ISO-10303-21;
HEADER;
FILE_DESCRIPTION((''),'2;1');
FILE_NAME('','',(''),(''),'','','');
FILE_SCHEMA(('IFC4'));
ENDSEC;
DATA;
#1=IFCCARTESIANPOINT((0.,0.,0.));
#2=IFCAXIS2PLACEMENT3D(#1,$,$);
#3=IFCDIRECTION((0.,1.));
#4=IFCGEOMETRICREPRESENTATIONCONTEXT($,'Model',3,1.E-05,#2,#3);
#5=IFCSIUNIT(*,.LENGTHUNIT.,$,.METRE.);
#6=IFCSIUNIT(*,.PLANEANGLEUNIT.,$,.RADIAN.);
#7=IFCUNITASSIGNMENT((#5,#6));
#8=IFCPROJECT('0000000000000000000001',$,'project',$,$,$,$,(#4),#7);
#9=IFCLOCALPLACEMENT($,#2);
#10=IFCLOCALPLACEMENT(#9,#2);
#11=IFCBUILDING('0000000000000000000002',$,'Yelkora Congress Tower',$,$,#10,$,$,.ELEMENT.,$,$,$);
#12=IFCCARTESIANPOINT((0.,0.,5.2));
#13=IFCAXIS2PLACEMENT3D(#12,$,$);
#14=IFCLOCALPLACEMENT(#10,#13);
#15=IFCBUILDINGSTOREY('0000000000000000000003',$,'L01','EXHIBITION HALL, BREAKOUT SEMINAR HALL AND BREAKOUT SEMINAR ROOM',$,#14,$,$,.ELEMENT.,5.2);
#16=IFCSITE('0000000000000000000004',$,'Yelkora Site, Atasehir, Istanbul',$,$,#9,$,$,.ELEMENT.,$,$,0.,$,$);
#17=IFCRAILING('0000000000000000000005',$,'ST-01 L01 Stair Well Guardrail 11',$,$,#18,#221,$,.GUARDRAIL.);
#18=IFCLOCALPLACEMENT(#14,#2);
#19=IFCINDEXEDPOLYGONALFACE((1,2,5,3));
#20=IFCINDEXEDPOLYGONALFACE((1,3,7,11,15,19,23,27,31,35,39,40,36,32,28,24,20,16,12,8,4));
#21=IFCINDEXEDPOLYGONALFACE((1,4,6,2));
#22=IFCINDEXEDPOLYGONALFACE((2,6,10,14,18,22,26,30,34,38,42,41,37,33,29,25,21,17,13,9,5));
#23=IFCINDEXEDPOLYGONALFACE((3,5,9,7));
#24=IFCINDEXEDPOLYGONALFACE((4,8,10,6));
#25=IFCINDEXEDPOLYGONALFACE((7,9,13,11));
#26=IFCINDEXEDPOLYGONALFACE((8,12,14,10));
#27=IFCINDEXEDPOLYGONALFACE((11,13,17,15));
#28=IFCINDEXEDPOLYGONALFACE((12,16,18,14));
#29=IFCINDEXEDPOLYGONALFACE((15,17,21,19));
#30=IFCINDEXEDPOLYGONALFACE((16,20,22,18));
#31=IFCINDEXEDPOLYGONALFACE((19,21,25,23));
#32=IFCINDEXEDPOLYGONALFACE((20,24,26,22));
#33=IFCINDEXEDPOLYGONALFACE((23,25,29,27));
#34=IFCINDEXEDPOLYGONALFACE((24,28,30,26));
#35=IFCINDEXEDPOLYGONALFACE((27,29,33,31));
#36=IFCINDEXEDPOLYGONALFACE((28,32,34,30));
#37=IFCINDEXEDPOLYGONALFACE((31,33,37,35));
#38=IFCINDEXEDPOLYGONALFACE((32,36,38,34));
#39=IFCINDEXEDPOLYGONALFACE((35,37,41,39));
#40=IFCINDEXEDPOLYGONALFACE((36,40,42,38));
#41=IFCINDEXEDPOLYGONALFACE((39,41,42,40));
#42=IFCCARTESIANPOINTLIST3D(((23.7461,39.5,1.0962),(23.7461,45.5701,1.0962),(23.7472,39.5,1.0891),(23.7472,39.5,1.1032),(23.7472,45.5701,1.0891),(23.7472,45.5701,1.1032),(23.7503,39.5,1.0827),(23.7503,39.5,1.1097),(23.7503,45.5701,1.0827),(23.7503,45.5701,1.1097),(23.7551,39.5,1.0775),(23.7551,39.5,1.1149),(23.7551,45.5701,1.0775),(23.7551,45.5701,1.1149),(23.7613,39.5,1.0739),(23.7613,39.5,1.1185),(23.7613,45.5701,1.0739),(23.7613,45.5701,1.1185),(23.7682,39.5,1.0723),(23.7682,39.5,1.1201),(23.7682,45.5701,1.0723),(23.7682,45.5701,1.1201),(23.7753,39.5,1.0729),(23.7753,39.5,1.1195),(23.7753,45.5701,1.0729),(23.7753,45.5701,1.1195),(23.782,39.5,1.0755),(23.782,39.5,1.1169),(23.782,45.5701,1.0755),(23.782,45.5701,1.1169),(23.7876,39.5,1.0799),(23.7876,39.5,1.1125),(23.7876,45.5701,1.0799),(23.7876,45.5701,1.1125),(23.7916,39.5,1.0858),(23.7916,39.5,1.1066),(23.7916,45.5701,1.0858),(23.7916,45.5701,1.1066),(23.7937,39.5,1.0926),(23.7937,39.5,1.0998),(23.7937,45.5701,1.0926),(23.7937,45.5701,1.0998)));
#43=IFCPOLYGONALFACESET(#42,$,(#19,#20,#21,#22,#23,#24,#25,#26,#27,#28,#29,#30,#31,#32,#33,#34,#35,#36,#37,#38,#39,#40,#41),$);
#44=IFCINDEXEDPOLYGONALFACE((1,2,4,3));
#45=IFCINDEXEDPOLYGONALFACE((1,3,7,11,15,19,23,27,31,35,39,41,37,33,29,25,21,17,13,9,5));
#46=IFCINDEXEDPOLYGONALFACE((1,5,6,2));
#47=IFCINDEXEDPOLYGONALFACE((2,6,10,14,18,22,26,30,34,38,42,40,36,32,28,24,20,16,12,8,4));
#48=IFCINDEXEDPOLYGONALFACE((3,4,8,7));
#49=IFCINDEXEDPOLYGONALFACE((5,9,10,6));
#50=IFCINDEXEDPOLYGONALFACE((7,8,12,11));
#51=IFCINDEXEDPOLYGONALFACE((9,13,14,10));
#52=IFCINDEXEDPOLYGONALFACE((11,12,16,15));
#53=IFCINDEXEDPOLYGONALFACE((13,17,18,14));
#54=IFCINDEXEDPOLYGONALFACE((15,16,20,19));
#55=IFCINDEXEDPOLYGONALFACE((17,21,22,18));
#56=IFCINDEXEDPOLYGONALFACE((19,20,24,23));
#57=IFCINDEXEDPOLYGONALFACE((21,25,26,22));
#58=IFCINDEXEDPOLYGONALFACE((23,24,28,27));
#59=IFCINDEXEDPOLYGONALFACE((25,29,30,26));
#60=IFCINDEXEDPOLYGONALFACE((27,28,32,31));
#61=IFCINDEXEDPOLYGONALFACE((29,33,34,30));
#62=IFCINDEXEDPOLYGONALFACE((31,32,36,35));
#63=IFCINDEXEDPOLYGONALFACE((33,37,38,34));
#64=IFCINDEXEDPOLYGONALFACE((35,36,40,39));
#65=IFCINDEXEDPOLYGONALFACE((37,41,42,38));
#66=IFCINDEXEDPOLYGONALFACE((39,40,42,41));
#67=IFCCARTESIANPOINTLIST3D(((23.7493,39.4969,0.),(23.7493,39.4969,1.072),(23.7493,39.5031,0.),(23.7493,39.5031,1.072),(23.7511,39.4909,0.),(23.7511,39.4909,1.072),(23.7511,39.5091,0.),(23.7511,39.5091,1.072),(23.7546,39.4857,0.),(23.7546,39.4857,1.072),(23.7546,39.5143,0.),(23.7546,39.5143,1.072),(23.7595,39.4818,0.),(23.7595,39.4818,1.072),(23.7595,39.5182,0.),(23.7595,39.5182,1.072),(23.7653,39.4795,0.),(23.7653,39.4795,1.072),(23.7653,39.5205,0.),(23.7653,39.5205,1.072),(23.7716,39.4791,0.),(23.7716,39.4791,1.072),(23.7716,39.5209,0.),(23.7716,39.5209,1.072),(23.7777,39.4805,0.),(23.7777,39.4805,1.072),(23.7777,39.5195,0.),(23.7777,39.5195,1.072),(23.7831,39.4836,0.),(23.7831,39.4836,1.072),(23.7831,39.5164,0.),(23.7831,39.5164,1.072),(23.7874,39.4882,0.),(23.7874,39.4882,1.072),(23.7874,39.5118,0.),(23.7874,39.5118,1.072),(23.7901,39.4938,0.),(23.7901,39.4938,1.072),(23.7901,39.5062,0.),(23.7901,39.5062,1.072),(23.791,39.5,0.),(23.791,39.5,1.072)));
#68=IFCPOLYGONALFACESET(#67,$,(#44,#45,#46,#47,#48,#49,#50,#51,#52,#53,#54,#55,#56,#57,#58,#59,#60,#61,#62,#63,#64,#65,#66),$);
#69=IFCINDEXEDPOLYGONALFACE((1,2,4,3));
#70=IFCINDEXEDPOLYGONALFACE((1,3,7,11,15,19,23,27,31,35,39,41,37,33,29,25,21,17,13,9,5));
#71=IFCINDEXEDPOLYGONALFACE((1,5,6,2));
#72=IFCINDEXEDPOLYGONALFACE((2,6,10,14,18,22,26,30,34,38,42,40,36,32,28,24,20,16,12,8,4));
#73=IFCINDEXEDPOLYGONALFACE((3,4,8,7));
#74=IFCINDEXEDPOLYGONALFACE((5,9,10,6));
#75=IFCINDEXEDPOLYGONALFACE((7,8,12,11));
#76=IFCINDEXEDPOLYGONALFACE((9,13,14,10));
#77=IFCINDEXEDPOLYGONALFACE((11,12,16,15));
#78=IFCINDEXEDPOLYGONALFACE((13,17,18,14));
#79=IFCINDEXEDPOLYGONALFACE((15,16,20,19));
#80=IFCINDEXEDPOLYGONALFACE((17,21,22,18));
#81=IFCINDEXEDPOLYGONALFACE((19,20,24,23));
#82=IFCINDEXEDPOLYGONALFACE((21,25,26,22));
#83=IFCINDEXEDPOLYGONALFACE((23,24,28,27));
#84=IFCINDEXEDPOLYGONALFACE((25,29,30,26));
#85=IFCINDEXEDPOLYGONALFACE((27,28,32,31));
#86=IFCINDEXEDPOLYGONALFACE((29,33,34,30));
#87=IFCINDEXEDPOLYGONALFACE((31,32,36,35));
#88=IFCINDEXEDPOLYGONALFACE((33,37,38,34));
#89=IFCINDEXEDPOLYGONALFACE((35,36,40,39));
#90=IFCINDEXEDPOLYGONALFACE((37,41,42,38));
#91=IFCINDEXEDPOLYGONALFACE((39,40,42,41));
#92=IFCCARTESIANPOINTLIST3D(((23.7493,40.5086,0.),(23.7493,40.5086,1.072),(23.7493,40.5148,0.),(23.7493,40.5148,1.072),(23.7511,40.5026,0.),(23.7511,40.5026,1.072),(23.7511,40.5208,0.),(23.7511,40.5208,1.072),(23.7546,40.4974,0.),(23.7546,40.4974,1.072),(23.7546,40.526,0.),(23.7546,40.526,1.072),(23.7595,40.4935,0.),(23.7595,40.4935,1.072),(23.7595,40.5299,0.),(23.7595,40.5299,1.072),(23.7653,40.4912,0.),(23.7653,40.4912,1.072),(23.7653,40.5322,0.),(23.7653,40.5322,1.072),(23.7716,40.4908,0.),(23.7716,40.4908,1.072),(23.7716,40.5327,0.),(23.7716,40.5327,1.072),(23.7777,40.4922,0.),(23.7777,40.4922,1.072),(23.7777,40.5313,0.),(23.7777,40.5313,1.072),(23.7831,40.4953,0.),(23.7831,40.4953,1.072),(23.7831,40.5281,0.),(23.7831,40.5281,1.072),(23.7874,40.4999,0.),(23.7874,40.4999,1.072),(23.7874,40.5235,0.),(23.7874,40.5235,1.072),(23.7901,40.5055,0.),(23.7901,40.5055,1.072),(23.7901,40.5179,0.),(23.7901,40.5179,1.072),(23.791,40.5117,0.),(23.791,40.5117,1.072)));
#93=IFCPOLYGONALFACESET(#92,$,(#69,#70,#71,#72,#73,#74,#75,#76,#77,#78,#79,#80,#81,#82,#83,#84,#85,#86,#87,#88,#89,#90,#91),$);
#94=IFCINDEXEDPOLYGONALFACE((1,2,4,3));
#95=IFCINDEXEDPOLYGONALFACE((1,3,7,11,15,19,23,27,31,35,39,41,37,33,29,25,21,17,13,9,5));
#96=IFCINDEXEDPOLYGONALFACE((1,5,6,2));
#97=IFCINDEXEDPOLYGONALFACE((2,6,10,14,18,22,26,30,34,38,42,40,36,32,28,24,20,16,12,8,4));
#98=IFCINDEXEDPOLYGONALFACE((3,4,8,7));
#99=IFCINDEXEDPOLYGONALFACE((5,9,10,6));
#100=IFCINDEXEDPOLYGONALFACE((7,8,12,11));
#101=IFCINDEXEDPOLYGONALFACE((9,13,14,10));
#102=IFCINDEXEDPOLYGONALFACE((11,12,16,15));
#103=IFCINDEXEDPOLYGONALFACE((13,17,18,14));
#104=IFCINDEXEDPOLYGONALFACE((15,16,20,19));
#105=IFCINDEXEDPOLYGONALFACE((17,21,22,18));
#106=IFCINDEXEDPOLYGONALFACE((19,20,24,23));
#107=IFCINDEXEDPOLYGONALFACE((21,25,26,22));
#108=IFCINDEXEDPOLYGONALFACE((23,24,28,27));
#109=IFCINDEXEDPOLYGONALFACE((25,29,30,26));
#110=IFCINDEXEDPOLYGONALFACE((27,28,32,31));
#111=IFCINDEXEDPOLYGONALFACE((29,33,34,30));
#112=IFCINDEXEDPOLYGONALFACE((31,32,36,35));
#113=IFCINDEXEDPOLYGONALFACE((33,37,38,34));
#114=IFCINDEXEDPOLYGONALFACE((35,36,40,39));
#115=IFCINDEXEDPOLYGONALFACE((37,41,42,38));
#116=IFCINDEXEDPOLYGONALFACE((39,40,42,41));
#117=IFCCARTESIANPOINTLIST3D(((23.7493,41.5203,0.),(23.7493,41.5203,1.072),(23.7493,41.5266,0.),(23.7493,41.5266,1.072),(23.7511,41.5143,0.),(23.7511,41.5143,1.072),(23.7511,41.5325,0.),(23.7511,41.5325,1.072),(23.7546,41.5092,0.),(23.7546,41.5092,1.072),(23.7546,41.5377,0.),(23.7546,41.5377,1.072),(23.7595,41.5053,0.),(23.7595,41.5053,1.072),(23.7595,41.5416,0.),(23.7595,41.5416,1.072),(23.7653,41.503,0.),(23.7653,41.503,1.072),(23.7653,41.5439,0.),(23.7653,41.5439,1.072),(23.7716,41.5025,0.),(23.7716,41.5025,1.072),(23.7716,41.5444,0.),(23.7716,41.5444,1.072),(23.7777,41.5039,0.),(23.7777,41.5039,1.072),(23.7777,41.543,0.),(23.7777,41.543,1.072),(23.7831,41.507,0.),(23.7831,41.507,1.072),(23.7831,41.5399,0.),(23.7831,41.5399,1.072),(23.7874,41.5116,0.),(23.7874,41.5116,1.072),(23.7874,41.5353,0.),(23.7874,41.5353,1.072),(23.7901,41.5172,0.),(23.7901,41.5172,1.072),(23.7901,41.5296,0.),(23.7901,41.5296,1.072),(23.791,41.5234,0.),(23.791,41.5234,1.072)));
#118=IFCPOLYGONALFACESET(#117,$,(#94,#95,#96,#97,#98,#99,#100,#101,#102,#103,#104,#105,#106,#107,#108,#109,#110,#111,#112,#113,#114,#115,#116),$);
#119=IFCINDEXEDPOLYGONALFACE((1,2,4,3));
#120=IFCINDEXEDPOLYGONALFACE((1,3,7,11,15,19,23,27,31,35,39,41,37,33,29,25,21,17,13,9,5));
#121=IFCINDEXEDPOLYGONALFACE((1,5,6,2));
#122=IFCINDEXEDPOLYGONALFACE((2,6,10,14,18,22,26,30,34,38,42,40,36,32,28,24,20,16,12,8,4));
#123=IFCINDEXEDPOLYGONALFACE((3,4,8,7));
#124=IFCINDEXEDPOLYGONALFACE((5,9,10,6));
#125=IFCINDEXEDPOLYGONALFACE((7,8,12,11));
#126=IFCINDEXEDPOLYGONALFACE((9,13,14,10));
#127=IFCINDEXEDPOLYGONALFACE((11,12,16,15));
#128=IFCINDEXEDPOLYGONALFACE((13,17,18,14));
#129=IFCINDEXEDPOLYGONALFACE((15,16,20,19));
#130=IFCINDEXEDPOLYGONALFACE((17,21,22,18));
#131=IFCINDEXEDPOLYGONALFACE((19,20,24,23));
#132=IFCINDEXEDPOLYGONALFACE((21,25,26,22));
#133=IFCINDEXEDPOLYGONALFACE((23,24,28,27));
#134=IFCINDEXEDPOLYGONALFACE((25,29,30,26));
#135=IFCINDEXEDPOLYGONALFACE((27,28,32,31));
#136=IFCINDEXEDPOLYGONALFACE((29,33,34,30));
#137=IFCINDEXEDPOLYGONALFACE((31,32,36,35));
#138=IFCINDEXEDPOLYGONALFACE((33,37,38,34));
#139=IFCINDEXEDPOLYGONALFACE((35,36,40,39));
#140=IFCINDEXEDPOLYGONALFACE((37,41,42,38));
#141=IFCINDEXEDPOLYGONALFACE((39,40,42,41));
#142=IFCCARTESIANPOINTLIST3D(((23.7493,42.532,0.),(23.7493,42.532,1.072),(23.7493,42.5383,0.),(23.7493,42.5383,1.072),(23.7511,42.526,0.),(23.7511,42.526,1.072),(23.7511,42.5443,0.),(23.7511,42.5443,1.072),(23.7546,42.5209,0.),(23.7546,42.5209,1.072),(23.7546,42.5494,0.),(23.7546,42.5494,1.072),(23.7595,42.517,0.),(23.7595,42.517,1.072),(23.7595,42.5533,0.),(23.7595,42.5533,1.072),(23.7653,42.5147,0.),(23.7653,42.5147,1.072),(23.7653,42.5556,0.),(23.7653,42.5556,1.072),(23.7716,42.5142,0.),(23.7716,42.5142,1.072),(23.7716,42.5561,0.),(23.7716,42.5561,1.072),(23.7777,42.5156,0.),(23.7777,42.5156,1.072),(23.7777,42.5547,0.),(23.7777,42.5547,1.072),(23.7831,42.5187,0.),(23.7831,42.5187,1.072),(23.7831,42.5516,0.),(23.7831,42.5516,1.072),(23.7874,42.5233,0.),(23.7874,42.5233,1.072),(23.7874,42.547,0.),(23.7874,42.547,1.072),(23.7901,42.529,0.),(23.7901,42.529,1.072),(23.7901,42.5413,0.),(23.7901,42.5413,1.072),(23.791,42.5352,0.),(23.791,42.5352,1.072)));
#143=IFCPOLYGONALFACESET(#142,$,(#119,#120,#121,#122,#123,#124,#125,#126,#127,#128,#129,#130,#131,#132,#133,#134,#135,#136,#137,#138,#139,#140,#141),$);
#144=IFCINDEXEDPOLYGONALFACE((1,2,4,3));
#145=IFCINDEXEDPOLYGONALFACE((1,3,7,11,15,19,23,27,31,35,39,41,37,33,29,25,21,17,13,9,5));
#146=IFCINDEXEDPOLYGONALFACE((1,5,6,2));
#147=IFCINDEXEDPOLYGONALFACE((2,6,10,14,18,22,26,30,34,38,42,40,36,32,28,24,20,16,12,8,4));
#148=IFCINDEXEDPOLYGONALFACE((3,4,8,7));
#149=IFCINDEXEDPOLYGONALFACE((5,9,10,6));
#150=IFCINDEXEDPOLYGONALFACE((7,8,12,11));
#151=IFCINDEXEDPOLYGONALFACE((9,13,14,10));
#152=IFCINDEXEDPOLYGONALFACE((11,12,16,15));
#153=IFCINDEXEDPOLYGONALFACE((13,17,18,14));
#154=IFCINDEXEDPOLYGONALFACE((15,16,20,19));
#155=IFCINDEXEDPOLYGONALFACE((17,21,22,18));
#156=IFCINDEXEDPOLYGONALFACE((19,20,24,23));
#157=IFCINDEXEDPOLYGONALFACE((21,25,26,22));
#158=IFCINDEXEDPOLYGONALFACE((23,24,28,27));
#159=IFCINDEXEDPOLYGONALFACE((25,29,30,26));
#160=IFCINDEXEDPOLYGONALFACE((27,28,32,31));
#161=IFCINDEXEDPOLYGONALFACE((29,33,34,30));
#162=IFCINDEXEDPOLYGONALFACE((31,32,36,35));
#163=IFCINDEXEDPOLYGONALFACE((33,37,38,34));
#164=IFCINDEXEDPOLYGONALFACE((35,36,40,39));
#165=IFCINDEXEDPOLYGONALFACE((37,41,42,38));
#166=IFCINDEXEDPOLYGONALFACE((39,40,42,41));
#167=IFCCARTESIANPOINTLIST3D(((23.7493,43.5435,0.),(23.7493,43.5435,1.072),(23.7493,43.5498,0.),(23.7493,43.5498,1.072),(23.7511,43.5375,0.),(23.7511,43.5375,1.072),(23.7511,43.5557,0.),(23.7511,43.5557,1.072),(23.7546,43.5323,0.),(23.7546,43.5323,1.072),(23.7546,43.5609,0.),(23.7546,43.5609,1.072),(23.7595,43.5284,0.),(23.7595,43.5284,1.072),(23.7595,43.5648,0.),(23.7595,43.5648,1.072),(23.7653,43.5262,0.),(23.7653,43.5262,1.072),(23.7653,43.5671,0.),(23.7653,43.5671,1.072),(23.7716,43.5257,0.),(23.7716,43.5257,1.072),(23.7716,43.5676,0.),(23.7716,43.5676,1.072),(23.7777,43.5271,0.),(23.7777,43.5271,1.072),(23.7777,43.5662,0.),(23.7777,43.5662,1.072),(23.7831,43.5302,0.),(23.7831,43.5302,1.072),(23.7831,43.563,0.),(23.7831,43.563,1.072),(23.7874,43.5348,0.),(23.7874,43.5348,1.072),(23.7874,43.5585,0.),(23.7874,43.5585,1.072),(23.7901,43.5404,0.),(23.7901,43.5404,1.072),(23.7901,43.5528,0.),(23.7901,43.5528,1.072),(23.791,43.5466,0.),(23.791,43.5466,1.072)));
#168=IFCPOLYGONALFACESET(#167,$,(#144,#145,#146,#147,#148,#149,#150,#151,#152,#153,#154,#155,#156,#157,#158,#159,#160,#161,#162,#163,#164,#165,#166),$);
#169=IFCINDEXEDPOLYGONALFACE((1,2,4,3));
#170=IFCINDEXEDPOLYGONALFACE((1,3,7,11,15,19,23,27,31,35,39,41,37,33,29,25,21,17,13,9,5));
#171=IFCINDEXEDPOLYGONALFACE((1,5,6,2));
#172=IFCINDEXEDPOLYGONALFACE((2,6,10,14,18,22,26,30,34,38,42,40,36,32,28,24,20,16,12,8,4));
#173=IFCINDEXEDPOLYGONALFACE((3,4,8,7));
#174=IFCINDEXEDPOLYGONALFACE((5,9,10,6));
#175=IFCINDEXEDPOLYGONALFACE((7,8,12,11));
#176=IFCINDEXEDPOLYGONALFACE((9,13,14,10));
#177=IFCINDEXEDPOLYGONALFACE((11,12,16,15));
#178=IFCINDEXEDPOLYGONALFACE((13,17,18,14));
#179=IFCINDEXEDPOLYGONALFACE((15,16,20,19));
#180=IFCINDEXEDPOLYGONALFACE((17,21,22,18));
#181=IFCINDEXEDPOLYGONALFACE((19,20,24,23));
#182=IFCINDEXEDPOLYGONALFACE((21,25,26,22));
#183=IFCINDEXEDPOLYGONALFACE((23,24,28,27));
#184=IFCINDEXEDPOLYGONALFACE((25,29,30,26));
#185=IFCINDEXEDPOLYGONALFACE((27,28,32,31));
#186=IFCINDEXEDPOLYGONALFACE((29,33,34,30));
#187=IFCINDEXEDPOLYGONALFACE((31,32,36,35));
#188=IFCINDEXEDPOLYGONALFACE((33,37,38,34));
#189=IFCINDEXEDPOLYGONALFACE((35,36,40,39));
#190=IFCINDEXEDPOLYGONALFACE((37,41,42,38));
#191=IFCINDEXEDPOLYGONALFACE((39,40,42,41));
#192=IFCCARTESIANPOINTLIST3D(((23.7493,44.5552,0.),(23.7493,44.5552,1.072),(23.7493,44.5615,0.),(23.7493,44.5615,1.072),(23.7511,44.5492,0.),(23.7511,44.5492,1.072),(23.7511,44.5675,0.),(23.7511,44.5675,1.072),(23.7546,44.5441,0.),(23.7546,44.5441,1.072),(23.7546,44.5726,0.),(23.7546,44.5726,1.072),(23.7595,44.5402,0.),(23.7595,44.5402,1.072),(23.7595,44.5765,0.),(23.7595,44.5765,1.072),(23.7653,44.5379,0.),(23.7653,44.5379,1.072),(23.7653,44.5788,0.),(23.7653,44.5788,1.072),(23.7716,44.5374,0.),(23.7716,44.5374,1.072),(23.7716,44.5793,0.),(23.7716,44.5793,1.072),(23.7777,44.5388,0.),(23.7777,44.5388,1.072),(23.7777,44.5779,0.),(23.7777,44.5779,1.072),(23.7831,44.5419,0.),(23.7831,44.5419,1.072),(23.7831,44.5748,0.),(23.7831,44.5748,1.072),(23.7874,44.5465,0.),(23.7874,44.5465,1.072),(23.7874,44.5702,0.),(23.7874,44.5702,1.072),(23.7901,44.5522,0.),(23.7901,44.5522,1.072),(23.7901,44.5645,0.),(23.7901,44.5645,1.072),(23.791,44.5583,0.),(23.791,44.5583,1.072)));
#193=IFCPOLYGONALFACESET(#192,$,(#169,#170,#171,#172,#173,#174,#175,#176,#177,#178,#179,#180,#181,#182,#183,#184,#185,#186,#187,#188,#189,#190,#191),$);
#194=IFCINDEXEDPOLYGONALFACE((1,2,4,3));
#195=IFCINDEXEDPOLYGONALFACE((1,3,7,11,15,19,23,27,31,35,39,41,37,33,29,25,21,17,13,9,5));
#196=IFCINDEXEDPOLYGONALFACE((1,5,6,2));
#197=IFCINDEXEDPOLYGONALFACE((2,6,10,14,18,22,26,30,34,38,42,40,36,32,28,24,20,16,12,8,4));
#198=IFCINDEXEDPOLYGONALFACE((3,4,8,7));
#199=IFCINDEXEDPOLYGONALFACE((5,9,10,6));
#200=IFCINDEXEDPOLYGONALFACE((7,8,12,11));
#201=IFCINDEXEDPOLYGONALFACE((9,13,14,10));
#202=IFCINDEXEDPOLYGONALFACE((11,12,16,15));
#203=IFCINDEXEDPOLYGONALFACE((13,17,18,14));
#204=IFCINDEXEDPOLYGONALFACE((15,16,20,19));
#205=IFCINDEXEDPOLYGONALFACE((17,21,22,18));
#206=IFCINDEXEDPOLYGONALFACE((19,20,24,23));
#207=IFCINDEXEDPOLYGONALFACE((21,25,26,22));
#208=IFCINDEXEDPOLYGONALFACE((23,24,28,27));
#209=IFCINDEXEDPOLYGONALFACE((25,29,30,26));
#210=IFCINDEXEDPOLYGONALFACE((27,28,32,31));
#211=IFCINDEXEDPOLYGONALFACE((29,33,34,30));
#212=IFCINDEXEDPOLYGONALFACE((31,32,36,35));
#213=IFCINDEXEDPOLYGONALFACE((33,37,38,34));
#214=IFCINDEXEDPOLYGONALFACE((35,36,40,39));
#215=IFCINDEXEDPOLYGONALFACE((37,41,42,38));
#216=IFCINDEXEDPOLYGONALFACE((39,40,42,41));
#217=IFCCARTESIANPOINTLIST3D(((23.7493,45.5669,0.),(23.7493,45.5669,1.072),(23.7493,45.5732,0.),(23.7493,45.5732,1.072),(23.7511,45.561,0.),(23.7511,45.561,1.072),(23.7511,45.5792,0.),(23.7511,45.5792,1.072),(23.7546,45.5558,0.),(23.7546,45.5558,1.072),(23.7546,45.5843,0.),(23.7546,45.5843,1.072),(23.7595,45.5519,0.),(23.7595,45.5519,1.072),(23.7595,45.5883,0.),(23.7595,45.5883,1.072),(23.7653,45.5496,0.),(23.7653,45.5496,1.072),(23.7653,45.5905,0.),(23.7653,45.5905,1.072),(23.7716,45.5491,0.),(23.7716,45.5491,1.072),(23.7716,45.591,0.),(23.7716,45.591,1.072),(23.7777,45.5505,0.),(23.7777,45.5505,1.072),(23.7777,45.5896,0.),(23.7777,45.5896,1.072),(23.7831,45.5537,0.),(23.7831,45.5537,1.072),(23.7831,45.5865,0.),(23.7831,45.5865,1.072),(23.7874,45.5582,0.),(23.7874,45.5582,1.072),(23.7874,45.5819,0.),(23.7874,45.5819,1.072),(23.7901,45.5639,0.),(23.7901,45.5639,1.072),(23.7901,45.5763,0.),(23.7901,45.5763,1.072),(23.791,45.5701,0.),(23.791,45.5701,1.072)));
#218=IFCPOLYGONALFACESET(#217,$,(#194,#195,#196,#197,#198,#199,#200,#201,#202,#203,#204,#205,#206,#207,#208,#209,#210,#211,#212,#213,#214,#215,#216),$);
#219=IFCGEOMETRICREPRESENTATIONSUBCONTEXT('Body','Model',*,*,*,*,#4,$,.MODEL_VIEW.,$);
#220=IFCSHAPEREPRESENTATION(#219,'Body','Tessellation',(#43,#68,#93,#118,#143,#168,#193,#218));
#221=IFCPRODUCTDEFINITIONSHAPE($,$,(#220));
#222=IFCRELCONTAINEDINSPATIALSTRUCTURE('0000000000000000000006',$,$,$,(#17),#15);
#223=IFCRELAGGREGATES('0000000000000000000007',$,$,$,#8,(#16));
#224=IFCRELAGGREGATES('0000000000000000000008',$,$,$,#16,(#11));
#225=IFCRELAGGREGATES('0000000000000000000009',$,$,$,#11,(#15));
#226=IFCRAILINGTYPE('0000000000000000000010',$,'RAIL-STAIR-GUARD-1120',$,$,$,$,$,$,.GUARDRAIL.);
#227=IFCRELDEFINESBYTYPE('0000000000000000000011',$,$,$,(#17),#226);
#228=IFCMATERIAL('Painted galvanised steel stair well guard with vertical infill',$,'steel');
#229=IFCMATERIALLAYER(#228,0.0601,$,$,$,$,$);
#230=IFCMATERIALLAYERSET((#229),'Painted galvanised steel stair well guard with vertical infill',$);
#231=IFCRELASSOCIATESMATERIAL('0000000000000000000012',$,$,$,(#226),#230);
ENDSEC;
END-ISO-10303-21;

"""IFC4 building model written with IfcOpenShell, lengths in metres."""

from ifc_helpers import new_model, si_unit, direction, frame, origin, origin_2d, place, context, subcontext, project, spatial, circle, extrude, material, layer, layer_set, type_object, element, save


model = new_model("IFC4")

# Units and contexts
model_context = context("Model", 3, precision=1e-05, world=origin(), true_north=direction((0.0, 1.0)))
body_context = subcontext(model_context, "Body", "Model", "MODEL_VIEW")
ifc_project = project(units=[si_unit("LENGTHUNIT", "METRE"), si_unit("PLANEANGLEUNIT", "RADIAN")], contexts=[model_context])

# Site, building, storey
site_placement = place(None, origin())
site = spatial("IfcSite", under=ifc_project, at=site_placement, Name="Yelkora Site, Atasehir, Istanbul", CompositionType="ELEMENT", RefElevation=0.0)
building_placement = place(site_placement, origin())
building = spatial("IfcBuilding", under=site, at=building_placement, Name="Yelkora Congress Tower", CompositionType="ELEMENT")
storey_placement = place(building_placement, frame((0.0, 0.0, 5.2)))
storey = spatial("IfcBuildingStorey", under=building, at=storey_placement, Name="L01", Description="EXHIBITION HALL, BREAKOUT SEMINAR HALL AND BREAKOUT SEMINAR ROOM", CompositionType="ELEMENT", Elevation=5.2)

# Railing
ifc_material_1 = material(Name="Painted galvanised steel stair well guard with vertical infill", Category="steel")
ifc_layer_1 = layer(ifc_material_1, 0.0601)
ifc_layer_set_1 = layer_set([ifc_layer_1], Name="Painted galvanised steel stair well guard with vertical infill")
railing_type = type_object("IfcRailingType", Name="RAIL-STAIR-GUARD-1120", PredefinedType="GUARDRAIL", material=ifc_layer_set_1)
railing_placement = place(storey_placement, frame((23.77, 39.5, 0.0)))
element("IfcRailing", 1, at=railing_placement, inside=storey, type_object=railing_type, Name="ST-01 L01 Stair Well Guardrail 11", PredefinedType="GUARDRAIL", context=body_context, shape_type="SweptSolid", body=[
    extrude(circle(Radius=0.0239, at=origin_2d()), frame((0.0, 0.0, 1.0962), z_axis=(0.0, 1.0, 0.0), x_axis=(-1.0, 0.0, 0.0)), (0.0, 0.0, 1.0), 6.0701),
    extrude(circle(Radius=0.021, at=origin_2d()), origin(), (0.0, 0.0, 1.0), 1.072),
    extrude(circle(Radius=0.021, at=origin_2d()), frame((0.0, 1.0117, 0.0)), (0.0, 0.0, 1.0), 1.072),
    extrude(circle(Radius=0.021, at=origin_2d()), frame((0.0, 2.0234, 0.0)), (0.0, 0.0, 1.0), 1.072),
    extrude(circle(Radius=0.021, at=origin_2d()), frame((0.0, 3.0352, 0.0)), (0.0, 0.0, 1.0), 1.072),
    extrude(circle(Radius=0.021, at=origin_2d()), frame((0.0, 4.0466, 0.0)), (0.0, 0.0, 1.0), 1.072),
    extrude(circle(Radius=0.021, at=origin_2d()), frame((0.0, 5.0583, 0.0)), (0.0, 0.0, 1.0), 1.072),
    extrude(circle(Radius=0.021, at=origin_2d()), frame((0.0, 6.0701, 0.0)), (0.0, 0.0, 1.0), 1.072),
])

save(model, "model.ifc")
